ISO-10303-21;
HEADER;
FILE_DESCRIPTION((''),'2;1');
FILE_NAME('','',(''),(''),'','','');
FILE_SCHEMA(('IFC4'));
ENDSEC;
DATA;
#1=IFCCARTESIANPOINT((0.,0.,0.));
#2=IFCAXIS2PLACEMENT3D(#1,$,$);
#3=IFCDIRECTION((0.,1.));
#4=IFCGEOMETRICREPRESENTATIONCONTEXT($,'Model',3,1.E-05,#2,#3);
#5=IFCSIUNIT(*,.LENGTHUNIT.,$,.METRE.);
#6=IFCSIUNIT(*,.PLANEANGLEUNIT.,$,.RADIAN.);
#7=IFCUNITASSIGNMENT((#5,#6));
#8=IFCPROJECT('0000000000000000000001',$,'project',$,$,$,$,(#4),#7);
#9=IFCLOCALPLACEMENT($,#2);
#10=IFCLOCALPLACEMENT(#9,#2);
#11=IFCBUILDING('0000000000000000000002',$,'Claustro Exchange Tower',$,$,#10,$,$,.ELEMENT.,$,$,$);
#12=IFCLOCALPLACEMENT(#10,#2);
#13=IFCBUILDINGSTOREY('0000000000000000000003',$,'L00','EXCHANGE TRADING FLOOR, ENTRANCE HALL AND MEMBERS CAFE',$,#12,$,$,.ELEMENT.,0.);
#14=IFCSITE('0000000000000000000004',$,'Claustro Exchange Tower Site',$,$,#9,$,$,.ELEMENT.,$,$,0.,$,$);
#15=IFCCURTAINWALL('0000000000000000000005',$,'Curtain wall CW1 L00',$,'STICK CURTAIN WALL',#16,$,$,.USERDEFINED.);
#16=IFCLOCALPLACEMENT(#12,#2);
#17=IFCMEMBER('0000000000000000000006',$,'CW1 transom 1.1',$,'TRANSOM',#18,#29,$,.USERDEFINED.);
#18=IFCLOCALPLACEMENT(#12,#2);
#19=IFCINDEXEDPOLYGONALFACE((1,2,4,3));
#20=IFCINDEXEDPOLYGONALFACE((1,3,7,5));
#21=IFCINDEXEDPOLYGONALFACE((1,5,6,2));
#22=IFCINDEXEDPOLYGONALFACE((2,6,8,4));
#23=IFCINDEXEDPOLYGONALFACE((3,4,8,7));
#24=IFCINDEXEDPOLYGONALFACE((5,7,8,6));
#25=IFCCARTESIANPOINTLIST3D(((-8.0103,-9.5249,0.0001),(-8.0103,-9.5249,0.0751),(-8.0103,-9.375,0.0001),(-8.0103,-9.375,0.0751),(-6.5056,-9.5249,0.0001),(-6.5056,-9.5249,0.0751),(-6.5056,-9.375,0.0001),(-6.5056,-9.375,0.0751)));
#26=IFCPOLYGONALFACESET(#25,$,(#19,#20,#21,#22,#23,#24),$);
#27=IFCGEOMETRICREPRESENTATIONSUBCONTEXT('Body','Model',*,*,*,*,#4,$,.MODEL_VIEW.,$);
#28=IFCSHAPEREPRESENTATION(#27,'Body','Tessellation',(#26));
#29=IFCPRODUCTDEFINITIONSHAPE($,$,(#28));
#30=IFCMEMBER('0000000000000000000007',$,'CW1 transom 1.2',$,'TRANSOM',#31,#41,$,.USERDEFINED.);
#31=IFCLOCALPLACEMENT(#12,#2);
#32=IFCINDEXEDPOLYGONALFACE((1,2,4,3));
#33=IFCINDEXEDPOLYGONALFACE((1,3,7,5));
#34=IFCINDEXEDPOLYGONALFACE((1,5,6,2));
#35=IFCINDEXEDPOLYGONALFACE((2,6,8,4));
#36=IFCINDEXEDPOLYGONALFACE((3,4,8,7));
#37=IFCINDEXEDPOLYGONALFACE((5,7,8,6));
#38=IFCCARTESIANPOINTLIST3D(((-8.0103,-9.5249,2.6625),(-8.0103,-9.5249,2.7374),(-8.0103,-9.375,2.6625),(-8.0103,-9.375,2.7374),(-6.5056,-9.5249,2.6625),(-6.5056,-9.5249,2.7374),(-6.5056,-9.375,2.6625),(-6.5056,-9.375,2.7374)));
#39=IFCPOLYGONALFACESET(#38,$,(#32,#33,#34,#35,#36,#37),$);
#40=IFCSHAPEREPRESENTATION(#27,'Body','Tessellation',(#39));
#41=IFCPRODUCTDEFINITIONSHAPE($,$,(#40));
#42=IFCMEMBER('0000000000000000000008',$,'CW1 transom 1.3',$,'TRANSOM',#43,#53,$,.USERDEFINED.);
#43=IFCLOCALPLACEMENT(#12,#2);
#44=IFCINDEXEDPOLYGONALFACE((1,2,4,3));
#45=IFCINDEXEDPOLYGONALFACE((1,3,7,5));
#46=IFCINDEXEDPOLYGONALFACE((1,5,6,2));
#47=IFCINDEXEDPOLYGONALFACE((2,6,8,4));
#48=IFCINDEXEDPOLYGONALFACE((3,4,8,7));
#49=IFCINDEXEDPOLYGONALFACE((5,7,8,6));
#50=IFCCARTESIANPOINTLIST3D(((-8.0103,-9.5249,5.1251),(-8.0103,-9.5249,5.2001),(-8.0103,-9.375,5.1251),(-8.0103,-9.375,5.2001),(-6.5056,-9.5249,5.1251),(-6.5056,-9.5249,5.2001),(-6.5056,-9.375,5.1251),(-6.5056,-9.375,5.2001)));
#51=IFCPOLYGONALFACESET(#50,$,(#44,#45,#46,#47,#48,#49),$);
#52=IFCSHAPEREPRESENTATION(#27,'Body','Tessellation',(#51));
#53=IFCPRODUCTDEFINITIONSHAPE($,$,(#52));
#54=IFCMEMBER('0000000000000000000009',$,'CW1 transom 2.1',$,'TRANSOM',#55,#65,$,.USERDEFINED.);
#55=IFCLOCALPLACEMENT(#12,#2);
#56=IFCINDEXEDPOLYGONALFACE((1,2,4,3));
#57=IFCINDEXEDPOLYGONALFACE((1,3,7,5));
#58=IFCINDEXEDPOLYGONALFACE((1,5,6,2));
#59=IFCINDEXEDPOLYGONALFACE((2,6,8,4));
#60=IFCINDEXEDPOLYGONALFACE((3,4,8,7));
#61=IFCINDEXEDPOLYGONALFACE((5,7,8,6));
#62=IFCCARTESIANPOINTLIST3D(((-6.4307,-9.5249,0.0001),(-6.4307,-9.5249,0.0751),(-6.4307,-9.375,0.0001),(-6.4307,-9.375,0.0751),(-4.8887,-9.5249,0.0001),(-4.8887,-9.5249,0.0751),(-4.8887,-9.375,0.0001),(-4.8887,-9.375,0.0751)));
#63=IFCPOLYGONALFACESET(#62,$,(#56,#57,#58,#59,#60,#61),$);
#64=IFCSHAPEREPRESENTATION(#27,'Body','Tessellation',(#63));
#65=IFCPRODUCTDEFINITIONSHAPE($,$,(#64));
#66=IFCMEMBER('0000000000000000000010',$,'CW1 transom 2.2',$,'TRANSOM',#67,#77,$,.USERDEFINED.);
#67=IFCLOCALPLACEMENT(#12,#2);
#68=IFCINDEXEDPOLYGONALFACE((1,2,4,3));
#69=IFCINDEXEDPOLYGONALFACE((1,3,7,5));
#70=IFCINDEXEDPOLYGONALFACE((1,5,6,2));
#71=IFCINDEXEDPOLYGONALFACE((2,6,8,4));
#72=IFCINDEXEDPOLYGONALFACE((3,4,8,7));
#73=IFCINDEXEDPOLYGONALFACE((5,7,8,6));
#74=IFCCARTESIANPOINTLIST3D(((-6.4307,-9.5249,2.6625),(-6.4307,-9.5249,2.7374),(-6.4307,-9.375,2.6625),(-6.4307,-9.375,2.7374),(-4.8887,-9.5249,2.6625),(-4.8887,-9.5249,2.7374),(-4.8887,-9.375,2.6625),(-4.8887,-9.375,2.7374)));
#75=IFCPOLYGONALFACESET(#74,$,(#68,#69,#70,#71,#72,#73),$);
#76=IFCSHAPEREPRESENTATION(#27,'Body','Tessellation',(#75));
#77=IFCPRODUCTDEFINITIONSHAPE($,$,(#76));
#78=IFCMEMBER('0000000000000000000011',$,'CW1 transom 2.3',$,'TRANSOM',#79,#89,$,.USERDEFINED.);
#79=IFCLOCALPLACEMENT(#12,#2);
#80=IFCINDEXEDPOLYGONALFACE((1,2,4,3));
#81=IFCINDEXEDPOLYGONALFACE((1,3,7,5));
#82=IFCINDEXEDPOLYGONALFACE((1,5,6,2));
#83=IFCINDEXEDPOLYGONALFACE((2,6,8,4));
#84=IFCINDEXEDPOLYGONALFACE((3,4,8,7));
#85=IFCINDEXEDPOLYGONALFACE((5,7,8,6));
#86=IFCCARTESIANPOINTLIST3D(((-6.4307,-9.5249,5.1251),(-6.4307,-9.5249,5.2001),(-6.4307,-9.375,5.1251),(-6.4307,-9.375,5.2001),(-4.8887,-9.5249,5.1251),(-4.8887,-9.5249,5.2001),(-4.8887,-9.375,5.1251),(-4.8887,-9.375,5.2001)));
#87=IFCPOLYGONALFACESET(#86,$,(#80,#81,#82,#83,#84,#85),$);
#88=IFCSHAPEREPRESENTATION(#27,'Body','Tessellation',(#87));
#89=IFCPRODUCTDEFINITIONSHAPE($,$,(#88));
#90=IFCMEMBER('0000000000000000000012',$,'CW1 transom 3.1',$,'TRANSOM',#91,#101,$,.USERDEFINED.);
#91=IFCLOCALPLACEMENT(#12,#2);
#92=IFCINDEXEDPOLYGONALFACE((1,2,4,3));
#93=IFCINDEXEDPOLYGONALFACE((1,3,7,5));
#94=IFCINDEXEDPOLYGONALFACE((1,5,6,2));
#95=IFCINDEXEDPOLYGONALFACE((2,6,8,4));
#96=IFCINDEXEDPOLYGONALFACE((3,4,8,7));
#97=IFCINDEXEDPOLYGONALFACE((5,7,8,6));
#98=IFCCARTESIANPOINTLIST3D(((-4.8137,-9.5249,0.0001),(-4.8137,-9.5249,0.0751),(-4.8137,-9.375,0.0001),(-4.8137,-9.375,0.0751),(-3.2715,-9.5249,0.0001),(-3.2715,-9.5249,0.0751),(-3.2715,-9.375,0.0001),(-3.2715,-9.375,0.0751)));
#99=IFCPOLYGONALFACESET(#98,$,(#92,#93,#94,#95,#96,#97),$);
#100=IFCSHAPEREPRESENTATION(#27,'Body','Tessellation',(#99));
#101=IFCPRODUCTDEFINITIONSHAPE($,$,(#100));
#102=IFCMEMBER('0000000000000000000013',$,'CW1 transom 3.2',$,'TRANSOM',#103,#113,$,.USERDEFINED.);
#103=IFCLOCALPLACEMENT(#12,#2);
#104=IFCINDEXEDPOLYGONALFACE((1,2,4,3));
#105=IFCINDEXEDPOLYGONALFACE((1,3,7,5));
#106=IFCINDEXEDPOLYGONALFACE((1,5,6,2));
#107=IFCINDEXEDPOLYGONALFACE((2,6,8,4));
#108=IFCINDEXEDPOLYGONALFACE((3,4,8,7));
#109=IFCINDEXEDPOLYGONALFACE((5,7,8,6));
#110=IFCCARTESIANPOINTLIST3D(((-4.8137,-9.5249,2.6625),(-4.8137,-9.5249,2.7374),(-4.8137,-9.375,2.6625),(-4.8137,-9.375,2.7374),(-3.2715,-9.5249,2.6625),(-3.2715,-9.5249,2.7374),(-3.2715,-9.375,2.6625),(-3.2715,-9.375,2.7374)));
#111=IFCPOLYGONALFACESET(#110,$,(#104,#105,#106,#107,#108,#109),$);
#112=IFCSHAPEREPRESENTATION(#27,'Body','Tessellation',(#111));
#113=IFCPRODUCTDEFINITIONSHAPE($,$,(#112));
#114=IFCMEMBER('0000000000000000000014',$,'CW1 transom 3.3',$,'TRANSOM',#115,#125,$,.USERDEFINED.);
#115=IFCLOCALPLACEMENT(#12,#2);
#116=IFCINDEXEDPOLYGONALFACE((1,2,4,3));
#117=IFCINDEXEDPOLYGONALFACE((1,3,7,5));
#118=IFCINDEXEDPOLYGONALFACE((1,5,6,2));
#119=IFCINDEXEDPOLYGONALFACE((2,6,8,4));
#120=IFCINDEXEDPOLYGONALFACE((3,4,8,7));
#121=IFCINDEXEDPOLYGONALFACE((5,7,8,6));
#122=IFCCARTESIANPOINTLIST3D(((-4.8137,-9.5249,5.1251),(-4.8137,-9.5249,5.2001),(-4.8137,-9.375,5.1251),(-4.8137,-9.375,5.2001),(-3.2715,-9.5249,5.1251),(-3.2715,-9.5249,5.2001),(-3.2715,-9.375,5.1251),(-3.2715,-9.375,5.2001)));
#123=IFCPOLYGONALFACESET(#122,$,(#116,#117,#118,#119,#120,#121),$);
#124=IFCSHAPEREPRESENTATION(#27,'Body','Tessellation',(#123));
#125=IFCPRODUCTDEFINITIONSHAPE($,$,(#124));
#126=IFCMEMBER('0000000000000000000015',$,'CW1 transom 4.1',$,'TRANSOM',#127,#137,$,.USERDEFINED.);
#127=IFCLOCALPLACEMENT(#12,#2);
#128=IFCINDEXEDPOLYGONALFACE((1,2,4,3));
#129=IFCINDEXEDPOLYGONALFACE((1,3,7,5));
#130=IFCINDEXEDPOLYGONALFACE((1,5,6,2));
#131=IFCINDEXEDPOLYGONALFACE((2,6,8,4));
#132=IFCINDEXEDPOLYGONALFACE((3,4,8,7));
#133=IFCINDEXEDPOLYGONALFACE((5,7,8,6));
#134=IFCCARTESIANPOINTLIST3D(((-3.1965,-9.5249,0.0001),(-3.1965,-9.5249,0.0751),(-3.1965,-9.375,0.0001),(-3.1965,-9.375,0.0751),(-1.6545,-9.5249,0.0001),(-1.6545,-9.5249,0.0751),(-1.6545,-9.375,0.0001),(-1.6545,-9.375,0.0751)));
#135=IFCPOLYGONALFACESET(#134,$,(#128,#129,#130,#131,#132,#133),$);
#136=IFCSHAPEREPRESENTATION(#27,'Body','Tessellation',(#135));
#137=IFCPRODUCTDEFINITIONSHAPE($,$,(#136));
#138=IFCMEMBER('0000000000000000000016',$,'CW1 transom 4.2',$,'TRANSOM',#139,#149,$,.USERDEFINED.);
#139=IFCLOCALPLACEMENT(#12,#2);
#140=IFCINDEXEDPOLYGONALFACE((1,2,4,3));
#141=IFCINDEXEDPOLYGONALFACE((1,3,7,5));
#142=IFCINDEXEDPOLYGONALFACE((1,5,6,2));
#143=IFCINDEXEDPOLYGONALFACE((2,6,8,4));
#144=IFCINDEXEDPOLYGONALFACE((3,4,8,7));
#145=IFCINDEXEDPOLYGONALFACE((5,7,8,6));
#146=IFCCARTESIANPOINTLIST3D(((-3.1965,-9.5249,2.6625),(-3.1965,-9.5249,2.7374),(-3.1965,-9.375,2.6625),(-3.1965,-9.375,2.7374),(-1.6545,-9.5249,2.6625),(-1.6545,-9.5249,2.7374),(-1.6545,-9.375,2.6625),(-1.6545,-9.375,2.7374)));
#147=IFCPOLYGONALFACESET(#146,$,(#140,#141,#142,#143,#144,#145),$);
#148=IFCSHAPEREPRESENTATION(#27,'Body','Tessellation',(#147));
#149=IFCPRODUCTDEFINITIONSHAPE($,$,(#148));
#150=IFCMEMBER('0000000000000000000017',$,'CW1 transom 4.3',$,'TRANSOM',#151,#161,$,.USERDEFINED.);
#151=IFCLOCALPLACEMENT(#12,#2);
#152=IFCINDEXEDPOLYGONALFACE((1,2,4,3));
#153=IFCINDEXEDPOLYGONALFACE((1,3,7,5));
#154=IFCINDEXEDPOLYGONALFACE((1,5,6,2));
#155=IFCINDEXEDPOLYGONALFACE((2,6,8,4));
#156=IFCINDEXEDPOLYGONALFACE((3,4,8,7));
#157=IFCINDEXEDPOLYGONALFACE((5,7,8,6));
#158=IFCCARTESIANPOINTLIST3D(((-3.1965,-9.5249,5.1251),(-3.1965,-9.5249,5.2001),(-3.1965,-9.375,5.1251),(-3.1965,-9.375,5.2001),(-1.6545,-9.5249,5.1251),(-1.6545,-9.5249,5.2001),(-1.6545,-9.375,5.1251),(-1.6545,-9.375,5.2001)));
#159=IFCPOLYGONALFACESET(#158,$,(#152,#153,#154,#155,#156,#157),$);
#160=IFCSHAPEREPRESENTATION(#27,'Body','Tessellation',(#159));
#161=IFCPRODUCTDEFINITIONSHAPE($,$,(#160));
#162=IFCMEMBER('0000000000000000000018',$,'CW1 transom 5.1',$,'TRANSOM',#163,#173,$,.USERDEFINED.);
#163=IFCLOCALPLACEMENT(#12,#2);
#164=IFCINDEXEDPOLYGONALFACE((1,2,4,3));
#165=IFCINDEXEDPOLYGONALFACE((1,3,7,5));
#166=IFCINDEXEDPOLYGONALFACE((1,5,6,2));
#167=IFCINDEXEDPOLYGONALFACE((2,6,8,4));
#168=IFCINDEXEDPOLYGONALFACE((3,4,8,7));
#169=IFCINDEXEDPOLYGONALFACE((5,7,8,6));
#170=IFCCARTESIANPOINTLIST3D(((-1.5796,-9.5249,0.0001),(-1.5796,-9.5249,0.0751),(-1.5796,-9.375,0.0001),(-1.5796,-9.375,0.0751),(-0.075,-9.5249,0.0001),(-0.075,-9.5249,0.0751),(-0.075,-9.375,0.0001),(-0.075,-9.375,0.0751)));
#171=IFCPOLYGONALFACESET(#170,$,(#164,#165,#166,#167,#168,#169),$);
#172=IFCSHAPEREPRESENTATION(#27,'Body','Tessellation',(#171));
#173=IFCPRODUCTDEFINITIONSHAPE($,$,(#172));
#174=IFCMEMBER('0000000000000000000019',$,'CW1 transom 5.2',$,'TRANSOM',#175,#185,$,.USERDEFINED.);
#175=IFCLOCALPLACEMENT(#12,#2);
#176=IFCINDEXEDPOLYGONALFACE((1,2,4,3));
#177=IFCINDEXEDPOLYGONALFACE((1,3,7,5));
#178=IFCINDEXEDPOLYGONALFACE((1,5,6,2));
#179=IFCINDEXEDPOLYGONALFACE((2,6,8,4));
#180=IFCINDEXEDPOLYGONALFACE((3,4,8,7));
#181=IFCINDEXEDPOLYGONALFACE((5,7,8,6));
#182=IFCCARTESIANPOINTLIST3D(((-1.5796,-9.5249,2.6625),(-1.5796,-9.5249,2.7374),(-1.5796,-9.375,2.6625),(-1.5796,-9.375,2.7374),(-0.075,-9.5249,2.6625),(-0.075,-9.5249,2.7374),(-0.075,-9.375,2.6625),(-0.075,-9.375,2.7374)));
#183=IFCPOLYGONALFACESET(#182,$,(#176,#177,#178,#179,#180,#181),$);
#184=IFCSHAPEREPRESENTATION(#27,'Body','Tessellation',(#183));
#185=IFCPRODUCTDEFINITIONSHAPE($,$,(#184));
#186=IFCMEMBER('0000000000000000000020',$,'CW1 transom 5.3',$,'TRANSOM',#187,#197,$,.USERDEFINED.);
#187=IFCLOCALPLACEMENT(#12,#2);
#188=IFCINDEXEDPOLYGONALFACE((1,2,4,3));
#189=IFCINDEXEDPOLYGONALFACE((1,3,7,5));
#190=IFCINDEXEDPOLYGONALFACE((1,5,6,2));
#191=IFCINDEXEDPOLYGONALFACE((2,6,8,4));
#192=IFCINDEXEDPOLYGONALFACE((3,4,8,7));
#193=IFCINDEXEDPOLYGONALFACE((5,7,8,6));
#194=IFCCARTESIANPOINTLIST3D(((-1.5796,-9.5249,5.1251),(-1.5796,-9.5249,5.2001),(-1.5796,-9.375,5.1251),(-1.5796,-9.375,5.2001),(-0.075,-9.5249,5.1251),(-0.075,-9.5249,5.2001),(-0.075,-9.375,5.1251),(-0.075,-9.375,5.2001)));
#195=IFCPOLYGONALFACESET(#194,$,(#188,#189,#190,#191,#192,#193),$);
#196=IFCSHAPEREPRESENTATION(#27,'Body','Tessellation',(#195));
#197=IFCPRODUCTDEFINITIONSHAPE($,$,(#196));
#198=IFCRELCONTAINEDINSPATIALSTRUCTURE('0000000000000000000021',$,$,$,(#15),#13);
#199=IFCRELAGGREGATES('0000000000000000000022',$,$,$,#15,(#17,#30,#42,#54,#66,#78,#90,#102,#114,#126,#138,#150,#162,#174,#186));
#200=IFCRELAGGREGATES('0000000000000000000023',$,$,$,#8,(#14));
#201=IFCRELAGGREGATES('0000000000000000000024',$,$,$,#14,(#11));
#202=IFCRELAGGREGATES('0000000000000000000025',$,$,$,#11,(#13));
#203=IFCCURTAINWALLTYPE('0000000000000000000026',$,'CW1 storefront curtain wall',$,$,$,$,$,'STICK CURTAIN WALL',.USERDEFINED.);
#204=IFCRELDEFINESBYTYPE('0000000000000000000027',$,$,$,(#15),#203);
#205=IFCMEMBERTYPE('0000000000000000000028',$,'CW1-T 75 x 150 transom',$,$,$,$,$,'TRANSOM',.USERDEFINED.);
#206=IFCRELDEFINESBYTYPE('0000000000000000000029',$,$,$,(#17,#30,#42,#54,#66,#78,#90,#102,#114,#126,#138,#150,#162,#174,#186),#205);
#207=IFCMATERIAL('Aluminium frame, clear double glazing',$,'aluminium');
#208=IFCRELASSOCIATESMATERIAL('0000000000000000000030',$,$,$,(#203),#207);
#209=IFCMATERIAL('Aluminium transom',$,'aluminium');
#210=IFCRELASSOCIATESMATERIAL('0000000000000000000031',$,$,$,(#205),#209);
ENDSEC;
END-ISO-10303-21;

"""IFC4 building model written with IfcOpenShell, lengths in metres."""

from ifc_helpers import new_model, si_unit, direction, frame, origin, origin_2d, place, context, subcontext, project, spatial, rectangle, extrude, material, material_profile, profile_set, type_object, element, aggregate, save


model = new_model("IFC4")

# Units and contexts
model_context = context("Model", 3, precision=1e-05, world=origin(), true_north=direction((0.0, 1.0)))
body_context = subcontext(model_context, "Body", "Model", "MODEL_VIEW")
ifc_project = project(units=[si_unit("LENGTHUNIT", "METRE"), si_unit("PLANEANGLEUNIT", "RADIAN")], contexts=[model_context])

# Site, building, storey
site_placement = place(None, origin())
site = spatial("IfcSite", under=ifc_project, at=site_placement, Name="Claustro Exchange Tower Site", CompositionType="ELEMENT", RefElevation=0.0)
building_placement = place(site_placement, origin())
building = spatial("IfcBuilding", under=site, at=building_placement, Name="Claustro Exchange Tower", CompositionType="ELEMENT")
storey_placement = place(building_placement, origin())
storey = spatial("IfcBuildingStorey", under=building, at=storey_placement, Name="L00", Description="EXCHANGE TRADING FLOOR, ENTRANCE HALL AND MEMBERS CAFE", CompositionType="ELEMENT", Elevation=0.0)

# Curtain wall, members
ifc_material_1 = material(Name="Aluminium frame, clear double glazing", Category="aluminium")
curtain_wall_type = type_object("IfcCurtainWallType", Name="CW1 storefront curtain wall", ElementType="STICK CURTAIN WALL", PredefinedType="USERDEFINED", material=ifc_material_1)
curtain_wall_placement = place(storey_placement, origin())
curtain_wall = element("IfcCurtainWall", 1, at=curtain_wall_placement, inside=storey, type_object=curtain_wall_type, Name="Curtain wall CW1 L00", ObjectType="STICK CURTAIN WALL", PredefinedType="USERDEFINED")
ifc_material_2 = material(Name="Aluminium transom", Category="aluminium")
ifc_material_profile_1 = material_profile(ifc_material_2, rectangle(XDim=0.1499, YDim=0.075, at=origin_2d()), Name="CW1-T 75x150")
ifc_profile_set_1 = profile_set([ifc_material_profile_1], Name="Aluminium transom")
member_type_1 = type_object("IfcMemberType", Name="CW1-T 75 x 150 transom", ElementType="TRANSOM", PredefinedType="USERDEFINED", material=ifc_profile_set_1)
member_1_placement = place(storey_placement, frame((-8.0103, -9.45, 0.0376), z_axis=(1.0, 0.0, 0.0), x_axis=(0.0, 1.0, 0.0)))
member_1 = element("IfcMember", 2, at=member_1_placement, type_object=member_type_1, Name="CW1 transom 1.1", ObjectType="TRANSOM", PredefinedType="USERDEFINED", context=body_context, shape_type="SweptSolid", body=[
    extrude(rectangle(XDim=0.1499, YDim=0.075, at=origin_2d()), origin(), (0.0, 0.0, 1.0), 1.5046),
])
member_2_placement = place(storey_placement, frame((-8.0103, -9.45, 2.7), z_axis=(1.0, 0.0, 0.0), x_axis=(0.0, 1.0, 0.0)))
member_2 = element("IfcMember", 3, at=member_2_placement, type_object=member_type_1, Name="CW1 transom 1.2", ObjectType="TRANSOM", PredefinedType="USERDEFINED", context=body_context, shape_type="SweptSolid", body=[
    extrude(rectangle(XDim=0.1499, YDim=0.075, at=origin_2d()), origin(), (0.0, 0.0, 1.0), 1.5046),
])
member_3_placement = place(storey_placement, frame((-8.0103, -9.45, 5.1626), z_axis=(1.0, 0.0, 0.0), x_axis=(0.0, 1.0, 0.0)))
member_3 = element("IfcMember", 4, at=member_3_placement, type_object=member_type_1, Name="CW1 transom 1.3", ObjectType="TRANSOM", PredefinedType="USERDEFINED", context=body_context, shape_type="SweptSolid", body=[
    extrude(rectangle(XDim=0.1499, YDim=0.075, at=origin_2d()), origin(), (0.0, 0.0, 1.0), 1.5046),
])
member_4_placement = place(storey_placement, frame((-6.4307, -9.45, 0.0376), z_axis=(1.0, 0.0, 0.0), x_axis=(0.0, 1.0, 0.0)))
member_4 = element("IfcMember", 5, at=member_4_placement, type_object=member_type_1, Name="CW1 transom 2.1", ObjectType="TRANSOM", PredefinedType="USERDEFINED", context=body_context, shape_type="SweptSolid", body=[
    extrude(rectangle(XDim=0.1499, YDim=0.075, at=origin_2d()), origin(), (0.0, 0.0, 1.0), 1.542),
])
member_5_placement = place(storey_placement, frame((-6.4307, -9.45, 2.7), z_axis=(1.0, 0.0, 0.0), x_axis=(0.0, 1.0, 0.0)))
member_5 = element("IfcMember", 6, at=member_5_placement, type_object=member_type_1, Name="CW1 transom 2.2", ObjectType="TRANSOM", PredefinedType="USERDEFINED", context=body_context, shape_type="SweptSolid", body=[
    extrude(rectangle(XDim=0.1499, YDim=0.075, at=origin_2d()), origin(), (0.0, 0.0, 1.0), 1.542),
])
member_6_placement = place(storey_placement, frame((-6.4307, -9.45, 5.1626), z_axis=(1.0, 0.0, 0.0), x_axis=(0.0, 1.0, 0.0)))
member_6 = element("IfcMember", 7, at=member_6_placement, type_object=member_type_1, Name="CW1 transom 2.3", ObjectType="TRANSOM", PredefinedType="USERDEFINED", context=body_context, shape_type="SweptSolid", body=[
    extrude(rectangle(XDim=0.1499, YDim=0.075, at=origin_2d()), origin(), (0.0, 0.0, 1.0), 1.542),
])
member_7_placement = place(storey_placement, frame((-4.8137, -9.45, 0.0376), z_axis=(1.0, 0.0, 0.0), x_axis=(0.0, 1.0, 0.0)))
member_7 = element("IfcMember", 8, at=member_7_placement, type_object=member_type_1, Name="CW1 transom 3.1", ObjectType="TRANSOM", PredefinedType="USERDEFINED", context=body_context, shape_type="SweptSolid", body=[
    extrude(rectangle(XDim=0.1499, YDim=0.075, at=origin_2d()), origin(), (0.0, 0.0, 1.0), 1.5422),
])
member_8_placement = place(storey_placement, frame((-4.8137, -9.45, 2.7), z_axis=(1.0, 0.0, 0.0), x_axis=(0.0, 1.0, 0.0)))
member_8 = element("IfcMember", 9, at=member_8_placement, type_object=member_type_1, Name="CW1 transom 3.2", ObjectType="TRANSOM", PredefinedType="USERDEFINED", context=body_context, shape_type="SweptSolid", body=[
    extrude(rectangle(XDim=0.1499, YDim=0.075, at=origin_2d()), origin(), (0.0, 0.0, 1.0), 1.5422),
])
member_9_placement = place(storey_placement, frame((-4.8137, -9.45, 5.1626), z_axis=(1.0, 0.0, 0.0), x_axis=(0.0, 1.0, 0.0)))
member_9 = element("IfcMember", 10, at=member_9_placement, type_object=member_type_1, Name="CW1 transom 3.3", ObjectType="TRANSOM", PredefinedType="USERDEFINED", context=body_context, shape_type="SweptSolid", body=[
    extrude(rectangle(XDim=0.1499, YDim=0.075, at=origin_2d()), origin(), (0.0, 0.0, 1.0), 1.5422),
])
member_10_placement = place(storey_placement, frame((-3.1965, -9.45, 0.0376), z_axis=(1.0, 0.0, 0.0), x_axis=(0.0, 1.0, 0.0)))
member_10 = element("IfcMember", 11, at=member_10_placement, type_object=member_type_1, Name="CW1 transom 4.1", ObjectType="TRANSOM", PredefinedType="USERDEFINED", context=body_context, shape_type="SweptSolid", body=[
    extrude(rectangle(XDim=0.1499, YDim=0.075, at=origin_2d()), origin(), (0.0, 0.0, 1.0), 1.542),
])
member_11_placement = place(storey_placement, frame((-3.1965, -9.45, 2.7), z_axis=(1.0, 0.0, 0.0), x_axis=(0.0, 1.0, 0.0)))
member_11 = element("IfcMember", 12, at=member_11_placement, type_object=member_type_1, Name="CW1 transom 4.2", ObjectType="TRANSOM", PredefinedType="USERDEFINED", context=body_context, shape_type="SweptSolid", body=[
    extrude(rectangle(XDim=0.1499, YDim=0.075, at=origin_2d()), origin(), (0.0, 0.0, 1.0), 1.542),
])
member_12_placement = place(storey_placement, frame((-3.1965, -9.45, 5.1626), z_axis=(1.0, 0.0, 0.0), x_axis=(0.0, 1.0, 0.0)))
member_12 = element("IfcMember", 13, at=member_12_placement, type_object=member_type_1, Name="CW1 transom 4.3", ObjectType="TRANSOM", PredefinedType="USERDEFINED", context=body_context, shape_type="SweptSolid", body=[
    extrude(rectangle(XDim=0.1499, YDim=0.075, at=origin_2d()), origin(), (0.0, 0.0, 1.0), 1.542),
])
member_13_placement = place(storey_placement, frame((-1.5796, -9.45, 0.0376), z_axis=(1.0, 0.0, 0.0), x_axis=(0.0, 1.0, 0.0)))
member_13 = element("IfcMember", 14, at=member_13_placement, type_object=member_type_1, Name="CW1 transom 5.1", ObjectType="TRANSOM", PredefinedType="USERDEFINED", context=body_context, shape_type="SweptSolid", body=[
    extrude(rectangle(XDim=0.1499, YDim=0.075, at=origin_2d()), origin(), (0.0, 0.0, 1.0), 1.5046),
])
member_14_placement = place(storey_placement, frame((-1.5796, -9.45, 2.7), z_axis=(1.0, 0.0, 0.0), x_axis=(0.0, 1.0, 0.0)))
member_14 = element("IfcMember", 15, at=member_14_placement, type_object=member_type_1, Name="CW1 transom 5.2", ObjectType="TRANSOM", PredefinedType="USERDEFINED", context=body_context, shape_type="SweptSolid", body=[
    extrude(rectangle(XDim=0.1499, YDim=0.075, at=origin_2d()), origin(), (0.0, 0.0, 1.0), 1.5046),
])
member_15_placement = place(storey_placement, frame((-1.5796, -9.45, 5.1626), z_axis=(1.0, 0.0, 0.0), x_axis=(0.0, 1.0, 0.0)))
member_15 = element("IfcMember", 16, at=member_15_placement, type_object=member_type_1, Name="CW1 transom 5.3", ObjectType="TRANSOM", PredefinedType="USERDEFINED", context=body_context, shape_type="SweptSolid", body=[
    extrude(rectangle(XDim=0.1499, YDim=0.075, at=origin_2d()), origin(), (0.0, 0.0, 1.0), 1.5046),
])
aggregate(curtain_wall, [member_1, member_2, member_3, member_4, member_5, member_6, member_7, member_8, member_9, member_10, member_11, member_12, member_13, member_14, member_15])

save(model, "model.ifc")
